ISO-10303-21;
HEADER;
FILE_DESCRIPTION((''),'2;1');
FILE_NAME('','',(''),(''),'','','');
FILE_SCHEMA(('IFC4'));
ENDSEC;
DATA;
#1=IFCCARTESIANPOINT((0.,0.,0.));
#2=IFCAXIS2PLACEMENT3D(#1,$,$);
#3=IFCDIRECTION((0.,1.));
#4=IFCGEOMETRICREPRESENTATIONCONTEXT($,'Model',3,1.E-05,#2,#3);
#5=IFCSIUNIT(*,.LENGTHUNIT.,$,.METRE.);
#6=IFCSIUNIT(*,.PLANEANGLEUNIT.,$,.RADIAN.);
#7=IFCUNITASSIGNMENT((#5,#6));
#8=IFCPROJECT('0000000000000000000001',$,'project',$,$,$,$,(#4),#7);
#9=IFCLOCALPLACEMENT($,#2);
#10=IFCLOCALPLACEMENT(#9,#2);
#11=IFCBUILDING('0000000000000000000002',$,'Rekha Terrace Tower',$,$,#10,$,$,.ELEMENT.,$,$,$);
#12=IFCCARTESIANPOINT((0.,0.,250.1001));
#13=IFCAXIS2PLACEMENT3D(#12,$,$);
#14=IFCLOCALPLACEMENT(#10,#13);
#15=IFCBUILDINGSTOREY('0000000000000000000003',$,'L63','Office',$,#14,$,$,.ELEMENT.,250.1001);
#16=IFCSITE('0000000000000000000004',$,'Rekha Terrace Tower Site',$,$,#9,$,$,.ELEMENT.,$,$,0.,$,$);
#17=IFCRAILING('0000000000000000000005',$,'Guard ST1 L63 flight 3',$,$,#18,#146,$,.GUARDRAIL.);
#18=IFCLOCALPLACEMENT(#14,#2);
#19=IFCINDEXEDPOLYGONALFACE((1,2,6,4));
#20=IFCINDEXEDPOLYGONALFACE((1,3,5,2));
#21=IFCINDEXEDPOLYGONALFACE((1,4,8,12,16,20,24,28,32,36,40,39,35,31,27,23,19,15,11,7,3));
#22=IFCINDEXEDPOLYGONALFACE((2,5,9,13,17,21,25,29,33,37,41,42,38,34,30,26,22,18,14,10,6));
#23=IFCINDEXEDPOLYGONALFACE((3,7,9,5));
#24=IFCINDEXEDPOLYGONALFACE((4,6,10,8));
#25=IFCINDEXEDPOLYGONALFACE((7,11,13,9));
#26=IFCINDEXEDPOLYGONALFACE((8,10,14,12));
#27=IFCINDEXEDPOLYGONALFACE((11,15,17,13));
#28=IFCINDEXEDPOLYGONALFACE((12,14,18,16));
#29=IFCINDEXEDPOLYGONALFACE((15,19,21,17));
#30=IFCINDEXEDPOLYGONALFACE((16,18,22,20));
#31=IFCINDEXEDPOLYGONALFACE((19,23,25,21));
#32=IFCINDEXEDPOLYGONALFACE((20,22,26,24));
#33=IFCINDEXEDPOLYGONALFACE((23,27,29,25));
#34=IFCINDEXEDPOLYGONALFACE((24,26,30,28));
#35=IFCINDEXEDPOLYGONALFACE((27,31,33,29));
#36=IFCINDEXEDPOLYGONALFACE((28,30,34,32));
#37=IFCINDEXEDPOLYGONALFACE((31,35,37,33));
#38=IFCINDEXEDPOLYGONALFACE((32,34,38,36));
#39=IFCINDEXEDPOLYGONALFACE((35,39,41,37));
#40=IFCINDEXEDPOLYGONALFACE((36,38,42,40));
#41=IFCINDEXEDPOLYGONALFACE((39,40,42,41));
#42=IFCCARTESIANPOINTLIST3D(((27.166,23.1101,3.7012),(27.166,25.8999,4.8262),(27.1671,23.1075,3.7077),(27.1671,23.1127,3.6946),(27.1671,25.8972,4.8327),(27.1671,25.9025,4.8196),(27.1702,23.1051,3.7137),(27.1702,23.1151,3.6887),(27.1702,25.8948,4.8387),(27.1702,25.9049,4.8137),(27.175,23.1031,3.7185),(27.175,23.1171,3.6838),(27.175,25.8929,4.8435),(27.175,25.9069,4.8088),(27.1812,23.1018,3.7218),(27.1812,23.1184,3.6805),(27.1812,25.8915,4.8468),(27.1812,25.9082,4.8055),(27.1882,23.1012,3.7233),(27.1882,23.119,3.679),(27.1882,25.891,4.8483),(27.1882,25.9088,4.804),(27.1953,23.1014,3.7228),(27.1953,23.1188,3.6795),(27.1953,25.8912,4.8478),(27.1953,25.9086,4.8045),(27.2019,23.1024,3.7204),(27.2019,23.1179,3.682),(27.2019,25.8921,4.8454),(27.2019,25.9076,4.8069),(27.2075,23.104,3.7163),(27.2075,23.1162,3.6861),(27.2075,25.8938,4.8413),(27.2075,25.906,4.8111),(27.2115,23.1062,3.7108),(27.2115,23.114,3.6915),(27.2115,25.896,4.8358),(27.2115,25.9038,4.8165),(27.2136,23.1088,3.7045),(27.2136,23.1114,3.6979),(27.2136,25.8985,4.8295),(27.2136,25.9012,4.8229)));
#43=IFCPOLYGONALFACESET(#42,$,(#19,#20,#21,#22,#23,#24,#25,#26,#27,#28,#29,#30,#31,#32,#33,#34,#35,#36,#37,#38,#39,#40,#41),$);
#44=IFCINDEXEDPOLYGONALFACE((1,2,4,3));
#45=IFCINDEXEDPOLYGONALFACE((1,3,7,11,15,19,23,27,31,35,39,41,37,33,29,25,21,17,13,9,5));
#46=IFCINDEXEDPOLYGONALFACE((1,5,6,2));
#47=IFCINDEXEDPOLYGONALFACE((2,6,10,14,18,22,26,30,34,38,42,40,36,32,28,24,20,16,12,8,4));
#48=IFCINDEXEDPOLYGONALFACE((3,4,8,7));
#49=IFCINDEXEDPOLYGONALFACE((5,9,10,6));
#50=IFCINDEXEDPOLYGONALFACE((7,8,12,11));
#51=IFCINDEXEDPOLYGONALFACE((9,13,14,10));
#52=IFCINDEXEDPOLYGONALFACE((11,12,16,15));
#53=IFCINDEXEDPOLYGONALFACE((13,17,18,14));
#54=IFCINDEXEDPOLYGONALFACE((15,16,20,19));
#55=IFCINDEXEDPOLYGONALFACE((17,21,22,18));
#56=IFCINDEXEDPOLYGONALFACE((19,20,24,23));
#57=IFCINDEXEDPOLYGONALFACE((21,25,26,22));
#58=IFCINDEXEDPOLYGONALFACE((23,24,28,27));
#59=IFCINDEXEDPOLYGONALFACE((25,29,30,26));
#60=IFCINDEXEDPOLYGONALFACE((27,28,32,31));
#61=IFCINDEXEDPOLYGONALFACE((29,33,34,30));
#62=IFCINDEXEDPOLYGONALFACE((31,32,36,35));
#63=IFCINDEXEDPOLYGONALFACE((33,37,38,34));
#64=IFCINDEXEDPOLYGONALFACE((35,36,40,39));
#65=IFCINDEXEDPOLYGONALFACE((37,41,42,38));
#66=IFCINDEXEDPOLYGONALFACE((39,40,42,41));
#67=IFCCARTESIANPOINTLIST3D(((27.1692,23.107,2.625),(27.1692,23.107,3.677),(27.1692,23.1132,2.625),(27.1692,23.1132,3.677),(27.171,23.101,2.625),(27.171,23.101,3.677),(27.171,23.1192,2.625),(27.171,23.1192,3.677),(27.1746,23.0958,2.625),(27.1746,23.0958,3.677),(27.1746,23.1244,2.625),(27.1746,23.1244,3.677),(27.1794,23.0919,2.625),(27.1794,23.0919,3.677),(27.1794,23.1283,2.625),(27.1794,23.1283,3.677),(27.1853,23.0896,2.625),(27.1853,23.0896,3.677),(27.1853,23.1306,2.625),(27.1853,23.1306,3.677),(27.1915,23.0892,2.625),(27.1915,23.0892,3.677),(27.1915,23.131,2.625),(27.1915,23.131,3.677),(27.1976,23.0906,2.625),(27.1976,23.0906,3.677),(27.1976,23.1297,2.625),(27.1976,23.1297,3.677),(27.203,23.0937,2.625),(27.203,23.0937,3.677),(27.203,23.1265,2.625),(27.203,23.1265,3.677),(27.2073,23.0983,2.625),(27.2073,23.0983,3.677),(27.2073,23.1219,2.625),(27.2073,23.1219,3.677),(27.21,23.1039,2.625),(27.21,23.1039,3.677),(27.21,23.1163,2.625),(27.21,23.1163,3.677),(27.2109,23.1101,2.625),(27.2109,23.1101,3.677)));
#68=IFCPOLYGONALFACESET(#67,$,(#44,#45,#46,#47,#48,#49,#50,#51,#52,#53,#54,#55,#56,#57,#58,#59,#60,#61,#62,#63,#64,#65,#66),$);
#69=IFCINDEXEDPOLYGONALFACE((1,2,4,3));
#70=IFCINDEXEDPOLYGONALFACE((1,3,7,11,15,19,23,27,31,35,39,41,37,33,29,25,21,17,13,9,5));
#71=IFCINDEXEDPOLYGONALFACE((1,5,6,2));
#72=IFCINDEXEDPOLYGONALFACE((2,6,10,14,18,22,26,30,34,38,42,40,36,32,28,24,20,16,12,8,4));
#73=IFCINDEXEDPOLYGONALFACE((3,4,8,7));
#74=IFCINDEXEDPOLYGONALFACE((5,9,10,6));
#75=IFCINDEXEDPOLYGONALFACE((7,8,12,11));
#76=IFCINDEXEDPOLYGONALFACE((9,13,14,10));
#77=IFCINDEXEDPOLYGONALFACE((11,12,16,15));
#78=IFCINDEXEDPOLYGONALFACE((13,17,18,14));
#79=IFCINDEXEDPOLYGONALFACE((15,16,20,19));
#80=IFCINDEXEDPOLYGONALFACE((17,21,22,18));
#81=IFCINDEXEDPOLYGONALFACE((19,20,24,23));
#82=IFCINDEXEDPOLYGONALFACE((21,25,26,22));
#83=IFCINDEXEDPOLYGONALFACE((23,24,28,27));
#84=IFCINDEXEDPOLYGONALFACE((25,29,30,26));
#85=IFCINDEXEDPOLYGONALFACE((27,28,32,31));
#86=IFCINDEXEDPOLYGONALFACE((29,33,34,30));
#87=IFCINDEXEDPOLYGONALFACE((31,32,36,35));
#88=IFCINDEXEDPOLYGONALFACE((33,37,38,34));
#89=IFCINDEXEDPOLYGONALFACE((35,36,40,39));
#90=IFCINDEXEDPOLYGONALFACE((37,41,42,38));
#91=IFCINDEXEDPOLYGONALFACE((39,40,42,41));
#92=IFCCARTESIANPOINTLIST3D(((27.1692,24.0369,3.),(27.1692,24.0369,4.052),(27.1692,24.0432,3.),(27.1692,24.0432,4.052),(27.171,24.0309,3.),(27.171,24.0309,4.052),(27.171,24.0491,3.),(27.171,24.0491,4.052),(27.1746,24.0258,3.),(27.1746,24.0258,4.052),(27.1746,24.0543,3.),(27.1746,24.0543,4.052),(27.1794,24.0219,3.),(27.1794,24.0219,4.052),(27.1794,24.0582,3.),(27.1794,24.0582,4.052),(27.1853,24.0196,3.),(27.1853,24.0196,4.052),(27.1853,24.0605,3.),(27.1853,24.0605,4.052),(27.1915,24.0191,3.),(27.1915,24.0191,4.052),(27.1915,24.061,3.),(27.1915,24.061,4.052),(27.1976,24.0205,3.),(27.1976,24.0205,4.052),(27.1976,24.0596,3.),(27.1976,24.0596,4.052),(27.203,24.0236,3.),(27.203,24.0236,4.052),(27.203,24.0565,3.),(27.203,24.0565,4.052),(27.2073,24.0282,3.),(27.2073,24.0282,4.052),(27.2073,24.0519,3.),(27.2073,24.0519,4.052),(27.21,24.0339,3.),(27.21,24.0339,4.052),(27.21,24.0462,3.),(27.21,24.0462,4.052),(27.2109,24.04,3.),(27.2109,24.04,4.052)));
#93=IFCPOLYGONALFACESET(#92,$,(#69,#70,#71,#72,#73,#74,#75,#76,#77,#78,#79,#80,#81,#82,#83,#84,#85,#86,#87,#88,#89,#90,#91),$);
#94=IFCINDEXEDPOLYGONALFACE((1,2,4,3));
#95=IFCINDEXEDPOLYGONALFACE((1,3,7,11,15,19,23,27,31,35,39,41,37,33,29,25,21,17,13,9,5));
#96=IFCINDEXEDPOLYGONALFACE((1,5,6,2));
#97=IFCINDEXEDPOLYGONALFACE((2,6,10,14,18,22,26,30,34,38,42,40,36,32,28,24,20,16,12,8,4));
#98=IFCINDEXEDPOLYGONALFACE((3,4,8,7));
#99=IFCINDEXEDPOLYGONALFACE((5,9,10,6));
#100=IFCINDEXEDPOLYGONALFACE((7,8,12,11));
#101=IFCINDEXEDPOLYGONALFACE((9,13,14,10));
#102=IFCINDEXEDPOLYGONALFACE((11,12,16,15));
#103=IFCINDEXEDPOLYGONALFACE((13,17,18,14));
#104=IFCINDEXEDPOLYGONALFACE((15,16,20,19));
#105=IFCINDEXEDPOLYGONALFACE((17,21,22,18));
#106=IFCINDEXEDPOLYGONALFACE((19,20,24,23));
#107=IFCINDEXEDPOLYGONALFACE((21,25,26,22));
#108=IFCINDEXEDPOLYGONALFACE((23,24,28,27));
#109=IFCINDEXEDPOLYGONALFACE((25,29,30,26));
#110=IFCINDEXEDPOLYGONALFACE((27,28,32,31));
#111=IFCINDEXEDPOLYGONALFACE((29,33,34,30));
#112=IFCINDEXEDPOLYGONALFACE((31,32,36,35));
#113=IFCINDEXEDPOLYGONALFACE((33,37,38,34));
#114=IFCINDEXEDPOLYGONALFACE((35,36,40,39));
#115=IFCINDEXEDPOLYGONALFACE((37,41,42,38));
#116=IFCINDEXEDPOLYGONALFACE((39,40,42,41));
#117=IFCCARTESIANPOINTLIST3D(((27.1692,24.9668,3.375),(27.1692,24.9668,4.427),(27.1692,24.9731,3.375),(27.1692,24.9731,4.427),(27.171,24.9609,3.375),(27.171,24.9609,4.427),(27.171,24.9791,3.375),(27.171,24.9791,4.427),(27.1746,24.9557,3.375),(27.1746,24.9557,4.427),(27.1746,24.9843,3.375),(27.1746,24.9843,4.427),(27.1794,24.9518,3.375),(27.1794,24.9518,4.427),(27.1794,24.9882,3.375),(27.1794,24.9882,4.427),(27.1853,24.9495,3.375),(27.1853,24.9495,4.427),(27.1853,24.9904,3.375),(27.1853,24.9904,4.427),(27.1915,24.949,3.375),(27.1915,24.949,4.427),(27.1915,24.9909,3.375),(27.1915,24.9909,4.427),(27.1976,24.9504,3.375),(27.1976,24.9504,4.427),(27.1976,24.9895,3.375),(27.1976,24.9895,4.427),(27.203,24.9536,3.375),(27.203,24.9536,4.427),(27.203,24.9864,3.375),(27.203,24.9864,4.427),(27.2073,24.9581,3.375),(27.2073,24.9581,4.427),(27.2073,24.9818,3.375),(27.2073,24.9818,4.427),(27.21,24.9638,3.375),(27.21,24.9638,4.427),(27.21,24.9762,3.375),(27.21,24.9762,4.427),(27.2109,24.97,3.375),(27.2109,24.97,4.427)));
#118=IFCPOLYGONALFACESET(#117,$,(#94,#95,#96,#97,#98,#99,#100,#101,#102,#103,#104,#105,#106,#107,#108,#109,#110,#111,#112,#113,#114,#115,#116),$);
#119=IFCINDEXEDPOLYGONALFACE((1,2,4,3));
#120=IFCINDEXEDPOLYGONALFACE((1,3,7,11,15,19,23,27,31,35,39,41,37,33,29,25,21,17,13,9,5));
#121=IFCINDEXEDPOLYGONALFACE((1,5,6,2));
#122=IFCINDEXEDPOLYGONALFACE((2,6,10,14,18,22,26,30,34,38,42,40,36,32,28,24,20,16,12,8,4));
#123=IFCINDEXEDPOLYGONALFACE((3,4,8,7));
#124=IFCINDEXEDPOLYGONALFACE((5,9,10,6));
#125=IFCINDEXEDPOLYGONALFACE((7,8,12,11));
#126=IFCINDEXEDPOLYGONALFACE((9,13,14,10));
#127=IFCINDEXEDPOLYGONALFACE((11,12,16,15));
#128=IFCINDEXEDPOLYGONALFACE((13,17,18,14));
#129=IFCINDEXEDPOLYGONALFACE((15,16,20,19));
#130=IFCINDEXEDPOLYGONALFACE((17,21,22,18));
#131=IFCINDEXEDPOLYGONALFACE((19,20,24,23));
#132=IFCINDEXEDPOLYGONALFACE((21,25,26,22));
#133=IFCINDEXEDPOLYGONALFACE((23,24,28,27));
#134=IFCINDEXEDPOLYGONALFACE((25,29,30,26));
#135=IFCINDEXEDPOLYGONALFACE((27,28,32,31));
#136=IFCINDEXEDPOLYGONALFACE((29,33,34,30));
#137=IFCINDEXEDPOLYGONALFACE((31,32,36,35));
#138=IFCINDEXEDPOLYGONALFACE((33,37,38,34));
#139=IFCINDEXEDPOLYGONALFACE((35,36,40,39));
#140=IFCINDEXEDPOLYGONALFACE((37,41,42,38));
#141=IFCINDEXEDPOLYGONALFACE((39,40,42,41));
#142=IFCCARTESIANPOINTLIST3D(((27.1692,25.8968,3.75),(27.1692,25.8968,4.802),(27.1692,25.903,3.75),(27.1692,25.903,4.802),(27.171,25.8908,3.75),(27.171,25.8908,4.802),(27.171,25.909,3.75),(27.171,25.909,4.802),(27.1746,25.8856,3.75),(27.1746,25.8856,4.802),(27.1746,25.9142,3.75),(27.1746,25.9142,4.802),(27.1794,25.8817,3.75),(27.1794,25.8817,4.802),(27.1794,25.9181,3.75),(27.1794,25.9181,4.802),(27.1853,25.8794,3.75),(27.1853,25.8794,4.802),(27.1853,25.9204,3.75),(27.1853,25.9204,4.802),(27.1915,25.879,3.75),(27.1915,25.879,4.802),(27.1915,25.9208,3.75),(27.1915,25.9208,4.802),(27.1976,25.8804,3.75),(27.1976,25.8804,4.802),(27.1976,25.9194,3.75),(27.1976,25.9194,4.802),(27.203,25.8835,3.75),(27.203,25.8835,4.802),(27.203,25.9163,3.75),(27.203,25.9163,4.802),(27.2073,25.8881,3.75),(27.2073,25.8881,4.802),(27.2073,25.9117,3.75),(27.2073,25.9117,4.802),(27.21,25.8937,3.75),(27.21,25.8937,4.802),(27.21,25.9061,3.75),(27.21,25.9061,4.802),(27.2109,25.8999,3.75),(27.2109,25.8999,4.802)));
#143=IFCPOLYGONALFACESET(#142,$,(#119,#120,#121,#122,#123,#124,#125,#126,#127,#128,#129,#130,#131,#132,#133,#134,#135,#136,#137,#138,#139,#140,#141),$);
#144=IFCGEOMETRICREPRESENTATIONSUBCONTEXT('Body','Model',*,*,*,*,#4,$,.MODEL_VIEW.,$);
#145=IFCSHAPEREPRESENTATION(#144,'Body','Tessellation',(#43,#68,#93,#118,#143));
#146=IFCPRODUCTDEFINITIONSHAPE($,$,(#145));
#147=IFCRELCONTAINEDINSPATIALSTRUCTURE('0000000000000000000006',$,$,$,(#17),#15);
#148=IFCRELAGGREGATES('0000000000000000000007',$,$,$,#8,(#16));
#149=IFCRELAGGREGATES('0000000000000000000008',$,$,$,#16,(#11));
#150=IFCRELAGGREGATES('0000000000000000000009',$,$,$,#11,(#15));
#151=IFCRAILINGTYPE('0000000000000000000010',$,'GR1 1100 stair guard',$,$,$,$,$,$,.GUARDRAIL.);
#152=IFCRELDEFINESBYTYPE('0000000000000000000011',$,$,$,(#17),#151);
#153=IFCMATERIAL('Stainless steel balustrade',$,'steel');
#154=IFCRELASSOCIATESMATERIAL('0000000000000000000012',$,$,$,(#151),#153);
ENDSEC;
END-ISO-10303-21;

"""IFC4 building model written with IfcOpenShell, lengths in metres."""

from ifc_helpers import new_model, si_unit, direction, frame, origin, origin_2d, place, context, subcontext, project, spatial, circle, extrude, material, type_object, element, save


model = new_model("IFC4")

# Units and contexts
model_context = context("Model", 3, precision=1e-05, world=origin(), true_north=direction((0.0, 1.0)))
body_context = subcontext(model_context, "Body", "Model", "MODEL_VIEW")
ifc_project = project(units=[si_unit("LENGTHUNIT", "METRE"), si_unit("PLANEANGLEUNIT", "RADIAN")], contexts=[model_context])

# Site, building, storey
site_placement = place(None, origin())
site = spatial("IfcSite", under=ifc_project, at=site_placement, Name="Rekha Terrace Tower Site", CompositionType="ELEMENT", RefElevation=0.0)
building_placement = place(site_placement, origin())
building = spatial("IfcBuilding", under=site, at=building_placement, Name="Rekha Terrace Tower", CompositionType="ELEMENT")
storey_placement = place(building_placement, frame((0.0, 0.0, 250.1001)))
storey = spatial("IfcBuildingStorey", under=building, at=storey_placement, Name="L63", Description="Office", CompositionType="ELEMENT", Elevation=250.1001)

# Railing
ifc_material_1 = material(Name="Stainless steel balustrade", Category="steel")
railing_type_1 = type_object("IfcRailingType", Name="GR1 1100 stair guard", PredefinedType="GUARDRAIL", material=ifc_material_1)
railing_1_placement = place(storey_placement, frame((27.1899, 23.1101, 2.625)))
element("IfcRailing", 1, at=railing_1_placement, inside=storey, type_object=railing_type_1, Name="Guard ST1 L63 flight 3", PredefinedType="GUARDRAIL", context=body_context, shape_type="SweptSolid", body=[
    extrude(circle(Radius=0.0239, at=origin_2d()), frame((0.0, 0.0, 1.0762), z_axis=(0.0, 0.927432, 0.373992), x_axis=(-1.0, 0.0, 0.0)), (0.0, 0.0, 1.0), 3.0081),
    extrude(circle(Radius=0.021, at=origin_2d()), origin(), (0.0, 0.0, 1.0), 1.052),
    extrude(circle(Radius=0.021, at=origin_2d()), frame((0.0, 0.9299, 0.375)), (0.0, 0.0, 1.0), 1.052),
    extrude(circle(Radius=0.021, at=origin_2d()), frame((0.0, 1.8599, 0.75)), (0.0, 0.0, 1.0), 1.052),
    extrude(circle(Radius=0.021, at=origin_2d()), frame((0.0, 2.7898, 1.125)), (0.0, 0.0, 1.0), 1.052),
])

save(model, "model.ifc")
